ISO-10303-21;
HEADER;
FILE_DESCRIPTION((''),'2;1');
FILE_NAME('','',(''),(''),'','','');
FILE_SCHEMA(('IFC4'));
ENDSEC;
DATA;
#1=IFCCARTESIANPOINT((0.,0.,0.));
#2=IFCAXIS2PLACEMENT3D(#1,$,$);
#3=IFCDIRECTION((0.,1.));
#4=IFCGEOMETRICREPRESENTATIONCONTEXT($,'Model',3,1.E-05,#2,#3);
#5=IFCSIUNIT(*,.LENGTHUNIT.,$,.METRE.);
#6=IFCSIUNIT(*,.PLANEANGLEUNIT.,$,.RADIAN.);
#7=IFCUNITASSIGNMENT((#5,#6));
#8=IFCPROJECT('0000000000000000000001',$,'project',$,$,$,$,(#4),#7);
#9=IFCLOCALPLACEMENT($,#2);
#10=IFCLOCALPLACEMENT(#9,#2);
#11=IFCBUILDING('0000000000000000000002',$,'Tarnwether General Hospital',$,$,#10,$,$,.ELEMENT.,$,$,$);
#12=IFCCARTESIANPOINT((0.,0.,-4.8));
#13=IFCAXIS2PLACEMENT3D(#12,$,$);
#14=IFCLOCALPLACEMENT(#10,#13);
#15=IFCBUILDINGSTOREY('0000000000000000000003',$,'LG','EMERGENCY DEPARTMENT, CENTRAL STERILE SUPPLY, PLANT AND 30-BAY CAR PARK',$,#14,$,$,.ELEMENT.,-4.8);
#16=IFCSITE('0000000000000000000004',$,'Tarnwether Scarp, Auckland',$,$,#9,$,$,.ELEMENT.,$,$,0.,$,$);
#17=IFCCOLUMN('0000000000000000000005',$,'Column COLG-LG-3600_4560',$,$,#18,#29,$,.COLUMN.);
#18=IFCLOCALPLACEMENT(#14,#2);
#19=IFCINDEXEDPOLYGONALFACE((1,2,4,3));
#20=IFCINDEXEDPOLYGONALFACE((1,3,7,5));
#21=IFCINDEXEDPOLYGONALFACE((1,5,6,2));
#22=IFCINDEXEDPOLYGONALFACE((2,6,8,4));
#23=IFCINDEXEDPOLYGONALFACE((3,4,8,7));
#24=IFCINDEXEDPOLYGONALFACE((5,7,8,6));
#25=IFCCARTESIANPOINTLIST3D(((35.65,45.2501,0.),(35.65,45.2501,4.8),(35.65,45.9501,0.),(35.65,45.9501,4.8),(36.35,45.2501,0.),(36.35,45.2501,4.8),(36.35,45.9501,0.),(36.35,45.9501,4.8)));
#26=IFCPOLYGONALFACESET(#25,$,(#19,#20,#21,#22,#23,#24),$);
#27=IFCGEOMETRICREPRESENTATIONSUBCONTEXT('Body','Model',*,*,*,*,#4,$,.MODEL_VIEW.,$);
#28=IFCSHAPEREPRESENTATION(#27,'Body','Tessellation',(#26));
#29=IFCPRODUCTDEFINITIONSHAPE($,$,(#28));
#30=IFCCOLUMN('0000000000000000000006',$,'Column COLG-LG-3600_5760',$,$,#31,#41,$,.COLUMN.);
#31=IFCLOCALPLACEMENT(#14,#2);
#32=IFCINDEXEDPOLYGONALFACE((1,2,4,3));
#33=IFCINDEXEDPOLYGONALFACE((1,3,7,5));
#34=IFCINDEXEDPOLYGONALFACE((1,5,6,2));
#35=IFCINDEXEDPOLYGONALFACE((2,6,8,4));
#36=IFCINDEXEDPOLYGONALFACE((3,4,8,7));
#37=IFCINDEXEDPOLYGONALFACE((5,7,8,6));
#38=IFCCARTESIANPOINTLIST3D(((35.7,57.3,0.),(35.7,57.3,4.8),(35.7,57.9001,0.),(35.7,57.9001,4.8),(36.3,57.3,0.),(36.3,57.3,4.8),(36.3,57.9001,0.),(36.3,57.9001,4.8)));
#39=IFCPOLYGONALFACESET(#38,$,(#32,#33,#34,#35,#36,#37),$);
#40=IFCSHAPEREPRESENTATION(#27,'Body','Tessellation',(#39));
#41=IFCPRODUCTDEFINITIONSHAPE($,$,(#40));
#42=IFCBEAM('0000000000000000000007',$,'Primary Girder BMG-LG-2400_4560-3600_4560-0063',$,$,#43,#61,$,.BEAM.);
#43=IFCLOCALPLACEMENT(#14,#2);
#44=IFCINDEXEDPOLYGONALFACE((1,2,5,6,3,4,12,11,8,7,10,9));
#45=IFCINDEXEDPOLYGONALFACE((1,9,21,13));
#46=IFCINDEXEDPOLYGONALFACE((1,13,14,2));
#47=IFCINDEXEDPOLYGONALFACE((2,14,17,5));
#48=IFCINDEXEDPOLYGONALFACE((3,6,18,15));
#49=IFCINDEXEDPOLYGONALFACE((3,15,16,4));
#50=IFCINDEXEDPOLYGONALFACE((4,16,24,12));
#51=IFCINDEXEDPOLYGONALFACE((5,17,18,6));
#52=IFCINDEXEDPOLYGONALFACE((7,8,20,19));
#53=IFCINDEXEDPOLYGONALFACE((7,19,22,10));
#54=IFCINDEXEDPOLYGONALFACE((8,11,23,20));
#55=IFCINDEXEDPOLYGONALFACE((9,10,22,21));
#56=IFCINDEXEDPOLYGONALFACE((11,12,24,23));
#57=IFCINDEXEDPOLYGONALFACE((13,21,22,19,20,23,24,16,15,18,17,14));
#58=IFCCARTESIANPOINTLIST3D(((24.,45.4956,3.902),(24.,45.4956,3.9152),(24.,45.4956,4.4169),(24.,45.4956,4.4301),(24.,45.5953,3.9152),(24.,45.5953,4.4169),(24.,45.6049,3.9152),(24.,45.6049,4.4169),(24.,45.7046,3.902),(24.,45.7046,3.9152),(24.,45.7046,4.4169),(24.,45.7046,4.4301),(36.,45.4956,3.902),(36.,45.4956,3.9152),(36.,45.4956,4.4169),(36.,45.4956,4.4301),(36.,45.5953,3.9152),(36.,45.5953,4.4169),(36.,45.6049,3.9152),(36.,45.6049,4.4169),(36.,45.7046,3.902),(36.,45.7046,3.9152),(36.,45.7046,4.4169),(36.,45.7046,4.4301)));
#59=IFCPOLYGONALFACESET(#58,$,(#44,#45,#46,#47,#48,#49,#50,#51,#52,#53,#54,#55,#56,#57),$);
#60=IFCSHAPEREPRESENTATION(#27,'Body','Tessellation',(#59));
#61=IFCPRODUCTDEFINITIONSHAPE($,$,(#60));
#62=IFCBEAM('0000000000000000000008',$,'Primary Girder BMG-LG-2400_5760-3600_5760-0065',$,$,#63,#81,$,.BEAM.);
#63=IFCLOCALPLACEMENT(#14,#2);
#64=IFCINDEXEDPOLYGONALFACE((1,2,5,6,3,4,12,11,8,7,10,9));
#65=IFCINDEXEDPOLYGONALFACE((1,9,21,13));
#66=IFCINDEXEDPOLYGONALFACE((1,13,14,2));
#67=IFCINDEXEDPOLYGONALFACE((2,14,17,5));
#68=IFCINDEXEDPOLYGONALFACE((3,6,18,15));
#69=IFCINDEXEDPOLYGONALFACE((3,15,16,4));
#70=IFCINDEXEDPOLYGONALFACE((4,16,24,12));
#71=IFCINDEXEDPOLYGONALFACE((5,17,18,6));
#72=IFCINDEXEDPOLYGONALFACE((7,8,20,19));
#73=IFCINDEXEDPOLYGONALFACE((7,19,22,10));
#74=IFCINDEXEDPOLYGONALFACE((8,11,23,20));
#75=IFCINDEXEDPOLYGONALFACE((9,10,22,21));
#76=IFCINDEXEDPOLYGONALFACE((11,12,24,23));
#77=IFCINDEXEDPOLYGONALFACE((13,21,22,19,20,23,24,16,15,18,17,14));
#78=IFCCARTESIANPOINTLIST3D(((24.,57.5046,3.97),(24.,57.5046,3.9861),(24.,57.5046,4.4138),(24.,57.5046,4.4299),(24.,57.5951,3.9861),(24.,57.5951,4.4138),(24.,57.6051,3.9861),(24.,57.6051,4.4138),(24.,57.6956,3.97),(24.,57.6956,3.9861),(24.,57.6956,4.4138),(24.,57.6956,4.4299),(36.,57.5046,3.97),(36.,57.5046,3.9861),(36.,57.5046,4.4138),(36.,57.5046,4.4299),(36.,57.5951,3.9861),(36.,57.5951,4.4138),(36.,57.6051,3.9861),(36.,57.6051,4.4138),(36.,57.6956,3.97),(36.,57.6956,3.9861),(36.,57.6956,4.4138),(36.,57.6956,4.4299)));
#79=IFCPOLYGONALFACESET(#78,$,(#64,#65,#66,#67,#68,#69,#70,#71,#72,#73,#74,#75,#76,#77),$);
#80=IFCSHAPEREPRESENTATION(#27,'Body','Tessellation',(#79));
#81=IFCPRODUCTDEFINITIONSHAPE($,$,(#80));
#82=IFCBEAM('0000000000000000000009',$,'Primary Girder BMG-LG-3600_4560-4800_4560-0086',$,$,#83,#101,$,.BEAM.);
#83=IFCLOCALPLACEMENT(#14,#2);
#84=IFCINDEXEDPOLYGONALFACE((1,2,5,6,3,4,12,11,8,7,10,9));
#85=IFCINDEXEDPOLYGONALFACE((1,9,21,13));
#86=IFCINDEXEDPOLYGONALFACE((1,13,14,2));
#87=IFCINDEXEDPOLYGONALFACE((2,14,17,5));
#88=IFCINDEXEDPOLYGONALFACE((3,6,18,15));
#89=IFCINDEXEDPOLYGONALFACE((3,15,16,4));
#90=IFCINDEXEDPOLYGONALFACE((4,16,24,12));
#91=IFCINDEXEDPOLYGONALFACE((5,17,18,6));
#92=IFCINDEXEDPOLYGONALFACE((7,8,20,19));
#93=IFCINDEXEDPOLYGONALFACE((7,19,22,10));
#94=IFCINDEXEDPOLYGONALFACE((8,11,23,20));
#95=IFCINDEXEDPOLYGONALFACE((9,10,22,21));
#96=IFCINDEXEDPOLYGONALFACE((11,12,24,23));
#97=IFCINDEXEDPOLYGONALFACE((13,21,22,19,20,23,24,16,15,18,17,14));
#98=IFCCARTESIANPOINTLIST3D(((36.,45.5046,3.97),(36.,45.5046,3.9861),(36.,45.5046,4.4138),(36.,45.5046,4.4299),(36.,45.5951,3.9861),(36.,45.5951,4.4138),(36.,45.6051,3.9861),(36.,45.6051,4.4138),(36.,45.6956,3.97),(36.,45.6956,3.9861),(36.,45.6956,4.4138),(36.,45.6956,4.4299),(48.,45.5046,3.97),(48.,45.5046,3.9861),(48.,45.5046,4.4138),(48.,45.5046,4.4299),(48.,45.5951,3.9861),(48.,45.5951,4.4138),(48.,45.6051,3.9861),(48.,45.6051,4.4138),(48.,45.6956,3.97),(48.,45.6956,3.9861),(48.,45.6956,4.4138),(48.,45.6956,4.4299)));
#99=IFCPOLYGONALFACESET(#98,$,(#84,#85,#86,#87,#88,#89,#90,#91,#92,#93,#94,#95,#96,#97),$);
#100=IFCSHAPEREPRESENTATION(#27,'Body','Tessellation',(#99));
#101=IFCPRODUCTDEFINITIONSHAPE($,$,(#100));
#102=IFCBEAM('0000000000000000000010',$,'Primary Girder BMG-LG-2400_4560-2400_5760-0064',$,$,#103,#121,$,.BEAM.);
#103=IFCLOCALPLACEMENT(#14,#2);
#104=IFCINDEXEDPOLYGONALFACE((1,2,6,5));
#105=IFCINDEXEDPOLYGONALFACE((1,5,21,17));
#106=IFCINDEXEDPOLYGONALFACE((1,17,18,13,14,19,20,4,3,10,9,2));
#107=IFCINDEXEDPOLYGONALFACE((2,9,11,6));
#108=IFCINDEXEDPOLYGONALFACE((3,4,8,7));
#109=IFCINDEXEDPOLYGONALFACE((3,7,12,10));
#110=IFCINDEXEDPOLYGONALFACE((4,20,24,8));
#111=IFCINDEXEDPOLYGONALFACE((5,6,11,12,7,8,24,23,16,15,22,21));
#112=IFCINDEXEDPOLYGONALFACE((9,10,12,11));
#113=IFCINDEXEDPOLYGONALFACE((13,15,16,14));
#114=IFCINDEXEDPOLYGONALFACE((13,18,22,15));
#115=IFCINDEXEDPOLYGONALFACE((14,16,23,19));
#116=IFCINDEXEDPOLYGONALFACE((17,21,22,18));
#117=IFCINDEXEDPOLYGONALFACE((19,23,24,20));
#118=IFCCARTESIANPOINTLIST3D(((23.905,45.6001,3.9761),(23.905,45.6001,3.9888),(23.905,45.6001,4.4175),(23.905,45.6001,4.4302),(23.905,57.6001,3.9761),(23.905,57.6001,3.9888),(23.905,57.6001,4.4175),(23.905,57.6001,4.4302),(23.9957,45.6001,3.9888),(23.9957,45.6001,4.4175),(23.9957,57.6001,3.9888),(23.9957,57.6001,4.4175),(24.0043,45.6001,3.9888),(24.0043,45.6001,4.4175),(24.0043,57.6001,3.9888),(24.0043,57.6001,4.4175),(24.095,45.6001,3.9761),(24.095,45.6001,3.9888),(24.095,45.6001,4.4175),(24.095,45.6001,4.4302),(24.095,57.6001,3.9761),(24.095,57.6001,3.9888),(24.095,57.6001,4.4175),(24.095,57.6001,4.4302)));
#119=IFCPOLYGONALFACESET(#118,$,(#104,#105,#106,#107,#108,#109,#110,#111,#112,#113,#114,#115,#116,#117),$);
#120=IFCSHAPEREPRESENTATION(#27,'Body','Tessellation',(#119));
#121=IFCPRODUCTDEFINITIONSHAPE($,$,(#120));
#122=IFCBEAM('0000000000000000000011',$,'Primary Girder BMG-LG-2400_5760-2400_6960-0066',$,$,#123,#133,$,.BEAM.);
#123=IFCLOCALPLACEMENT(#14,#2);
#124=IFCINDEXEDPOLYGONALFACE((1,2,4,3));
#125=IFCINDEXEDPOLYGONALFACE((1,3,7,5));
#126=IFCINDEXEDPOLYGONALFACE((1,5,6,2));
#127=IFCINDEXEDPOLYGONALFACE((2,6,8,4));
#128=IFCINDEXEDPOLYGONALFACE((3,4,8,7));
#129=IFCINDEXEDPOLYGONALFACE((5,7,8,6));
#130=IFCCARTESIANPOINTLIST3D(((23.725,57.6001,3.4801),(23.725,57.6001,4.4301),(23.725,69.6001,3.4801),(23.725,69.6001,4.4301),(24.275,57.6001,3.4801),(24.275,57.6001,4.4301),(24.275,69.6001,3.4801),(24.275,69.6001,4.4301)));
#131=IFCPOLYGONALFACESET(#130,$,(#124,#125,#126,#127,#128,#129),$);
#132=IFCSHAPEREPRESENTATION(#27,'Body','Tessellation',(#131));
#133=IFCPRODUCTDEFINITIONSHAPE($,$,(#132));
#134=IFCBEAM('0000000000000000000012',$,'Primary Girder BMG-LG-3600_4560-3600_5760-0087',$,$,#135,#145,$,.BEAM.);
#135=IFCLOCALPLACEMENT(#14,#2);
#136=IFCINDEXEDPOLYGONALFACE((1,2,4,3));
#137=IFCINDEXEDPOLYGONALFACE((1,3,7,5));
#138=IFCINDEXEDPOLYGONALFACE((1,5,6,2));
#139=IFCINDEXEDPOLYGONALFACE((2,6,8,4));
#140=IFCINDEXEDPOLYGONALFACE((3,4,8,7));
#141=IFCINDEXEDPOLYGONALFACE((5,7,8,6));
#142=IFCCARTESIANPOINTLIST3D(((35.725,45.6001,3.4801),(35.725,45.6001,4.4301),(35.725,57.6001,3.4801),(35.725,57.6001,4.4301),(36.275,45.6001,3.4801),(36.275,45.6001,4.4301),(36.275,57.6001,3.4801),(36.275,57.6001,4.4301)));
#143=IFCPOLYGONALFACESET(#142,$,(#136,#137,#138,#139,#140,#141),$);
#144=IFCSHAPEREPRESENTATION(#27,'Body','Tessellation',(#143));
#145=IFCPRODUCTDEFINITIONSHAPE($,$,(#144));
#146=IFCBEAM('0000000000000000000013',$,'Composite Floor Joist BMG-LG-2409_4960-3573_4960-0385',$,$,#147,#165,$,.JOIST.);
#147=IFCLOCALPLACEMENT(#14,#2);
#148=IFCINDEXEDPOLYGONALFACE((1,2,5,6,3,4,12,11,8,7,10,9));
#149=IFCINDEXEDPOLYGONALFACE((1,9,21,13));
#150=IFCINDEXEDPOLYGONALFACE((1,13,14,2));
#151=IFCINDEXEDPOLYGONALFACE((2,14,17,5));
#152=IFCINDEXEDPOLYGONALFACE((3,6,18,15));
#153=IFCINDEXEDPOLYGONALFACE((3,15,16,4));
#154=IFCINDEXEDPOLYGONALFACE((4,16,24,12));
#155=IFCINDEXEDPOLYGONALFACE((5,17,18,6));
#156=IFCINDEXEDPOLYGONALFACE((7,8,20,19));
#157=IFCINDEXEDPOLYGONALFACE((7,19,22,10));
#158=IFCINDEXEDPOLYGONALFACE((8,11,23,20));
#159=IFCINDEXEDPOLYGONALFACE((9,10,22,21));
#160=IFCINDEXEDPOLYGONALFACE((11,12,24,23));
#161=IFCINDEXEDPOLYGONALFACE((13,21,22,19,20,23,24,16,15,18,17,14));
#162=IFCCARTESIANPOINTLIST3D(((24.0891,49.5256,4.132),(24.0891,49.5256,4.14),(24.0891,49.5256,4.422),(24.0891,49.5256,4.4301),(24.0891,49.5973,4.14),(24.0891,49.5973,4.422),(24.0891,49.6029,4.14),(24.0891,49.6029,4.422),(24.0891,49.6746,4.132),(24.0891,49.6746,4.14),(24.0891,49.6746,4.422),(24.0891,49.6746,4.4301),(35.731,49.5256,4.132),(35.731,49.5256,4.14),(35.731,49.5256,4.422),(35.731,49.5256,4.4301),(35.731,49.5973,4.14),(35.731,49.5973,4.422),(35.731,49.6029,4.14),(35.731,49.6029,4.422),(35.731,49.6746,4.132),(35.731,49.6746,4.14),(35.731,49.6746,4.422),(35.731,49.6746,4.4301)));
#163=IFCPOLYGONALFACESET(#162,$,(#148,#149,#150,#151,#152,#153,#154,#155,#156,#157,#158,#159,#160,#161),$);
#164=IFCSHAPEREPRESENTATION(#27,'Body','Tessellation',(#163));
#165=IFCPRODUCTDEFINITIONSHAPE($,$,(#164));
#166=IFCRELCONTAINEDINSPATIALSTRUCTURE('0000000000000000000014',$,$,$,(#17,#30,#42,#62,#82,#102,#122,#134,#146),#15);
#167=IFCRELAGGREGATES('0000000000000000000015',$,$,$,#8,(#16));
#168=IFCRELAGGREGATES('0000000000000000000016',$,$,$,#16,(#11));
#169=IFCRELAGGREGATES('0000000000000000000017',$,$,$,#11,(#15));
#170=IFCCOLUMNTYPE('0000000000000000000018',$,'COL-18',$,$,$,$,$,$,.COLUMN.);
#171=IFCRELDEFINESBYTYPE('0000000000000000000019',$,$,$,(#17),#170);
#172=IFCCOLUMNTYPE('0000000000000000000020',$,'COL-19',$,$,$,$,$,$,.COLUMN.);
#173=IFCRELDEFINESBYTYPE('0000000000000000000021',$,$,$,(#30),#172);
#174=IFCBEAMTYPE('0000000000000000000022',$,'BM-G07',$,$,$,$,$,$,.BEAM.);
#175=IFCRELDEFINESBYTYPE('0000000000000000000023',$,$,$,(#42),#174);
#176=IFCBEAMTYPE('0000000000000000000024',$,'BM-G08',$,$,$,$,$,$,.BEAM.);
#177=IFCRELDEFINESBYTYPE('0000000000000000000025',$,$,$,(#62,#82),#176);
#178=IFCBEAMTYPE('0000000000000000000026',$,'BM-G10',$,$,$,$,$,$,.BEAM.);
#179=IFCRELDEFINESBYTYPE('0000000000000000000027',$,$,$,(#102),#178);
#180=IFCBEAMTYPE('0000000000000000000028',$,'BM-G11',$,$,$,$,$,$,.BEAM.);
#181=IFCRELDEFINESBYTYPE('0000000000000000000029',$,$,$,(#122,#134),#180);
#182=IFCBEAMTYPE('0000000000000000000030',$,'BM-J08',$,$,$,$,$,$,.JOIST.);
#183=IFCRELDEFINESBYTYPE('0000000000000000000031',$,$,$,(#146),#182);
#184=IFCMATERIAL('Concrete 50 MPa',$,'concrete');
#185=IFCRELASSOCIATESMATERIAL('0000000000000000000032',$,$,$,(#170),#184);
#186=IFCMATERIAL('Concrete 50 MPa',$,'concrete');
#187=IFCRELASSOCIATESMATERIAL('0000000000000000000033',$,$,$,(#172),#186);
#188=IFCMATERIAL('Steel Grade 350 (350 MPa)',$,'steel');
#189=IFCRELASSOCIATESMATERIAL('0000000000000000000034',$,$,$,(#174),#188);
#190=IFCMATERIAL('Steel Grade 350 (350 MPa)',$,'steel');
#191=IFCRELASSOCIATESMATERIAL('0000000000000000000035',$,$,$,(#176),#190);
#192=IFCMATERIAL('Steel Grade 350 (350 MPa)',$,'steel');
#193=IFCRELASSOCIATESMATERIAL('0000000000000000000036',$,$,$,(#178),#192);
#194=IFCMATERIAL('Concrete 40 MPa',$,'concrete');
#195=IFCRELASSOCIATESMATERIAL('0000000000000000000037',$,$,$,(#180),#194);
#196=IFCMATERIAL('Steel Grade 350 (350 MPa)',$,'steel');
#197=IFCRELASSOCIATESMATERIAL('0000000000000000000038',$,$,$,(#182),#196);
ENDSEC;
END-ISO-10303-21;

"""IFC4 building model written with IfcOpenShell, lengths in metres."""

from ifc_helpers import new_model, si_unit, direction, frame, origin, origin_2d, place, context, subcontext, project, spatial, rectangle, i_section, extrude, material, material_profile, profile_set, type_object, element, save


model = new_model("IFC4")

# Units and contexts
model_context = context("Model", 3, precision=1e-05, world=origin(), true_north=direction((0.0, 1.0)))
body_context = subcontext(model_context, "Body", "Model", "MODEL_VIEW")
ifc_project = project(units=[si_unit("LENGTHUNIT", "METRE"), si_unit("PLANEANGLEUNIT", "RADIAN")], contexts=[model_context])

# Site, building, storey
site_placement = place(None, origin())
site = spatial("IfcSite", under=ifc_project, at=site_placement, Name="Tarnwether Scarp, Auckland", CompositionType="ELEMENT", RefElevation=0.0)
building_placement = place(site_placement, origin())
building = spatial("IfcBuilding", under=site, at=building_placement, Name="Tarnwether General Hospital", CompositionType="ELEMENT")
storey_placement = place(building_placement, frame((0.0, 0.0, -4.8)))
storey = spatial("IfcBuildingStorey", under=building, at=storey_placement, Name="LG", Description="EMERGENCY DEPARTMENT, CENTRAL STERILE SUPPLY, PLANT AND 30-BAY CAR PARK", CompositionType="ELEMENT", Elevation=-4.8)

# Columns
ifc_material_1 = material(Name="Concrete 50 MPa", Category="concrete")
ifc_material_profile_1 = material_profile(ifc_material_1, rectangle(XDim=0.7, YDim=0.7, at=origin_2d()), Name="RC-COL-700x700")
ifc_profile_set_1 = profile_set([ifc_material_profile_1], Name="Concrete 50 MPa")
column_type_1 = type_object("IfcColumnType", Name="COL-18", PredefinedType="COLUMN", material=ifc_profile_set_1)
column_1_placement = place(storey_placement, frame((36.0, 45.6001, 0.0), z_axis=(0.0, 0.0, 1.0), x_axis=(0.0, 1.0, 0.0)))
element("IfcColumn", 1, at=column_1_placement, inside=storey, type_object=column_type_1, Name="Column COLG-LG-3600_4560", PredefinedType="COLUMN", context=body_context, shape_type="SweptSolid", body=[
    extrude(rectangle(XDim=0.7, YDim=0.7, at=origin_2d()), origin(), (0.0, 0.0, 1.0), 4.8),
])
ifc_material_2 = material(Name="Concrete 50 MPa", Category="concrete")
ifc_material_profile_2 = material_profile(ifc_material_2, rectangle(XDim=0.6001, YDim=0.6001, at=origin_2d()), Name="RC-COL-600x600")
ifc_profile_set_2 = profile_set([ifc_material_profile_2], Name="Concrete 50 MPa")
column_type_2 = type_object("IfcColumnType", Name="COL-19", PredefinedType="COLUMN", material=ifc_profile_set_2)
column_2_placement = place(storey_placement, frame((36.0, 57.6001, 0.0), z_axis=(0.0, 0.0, 1.0), x_axis=(0.0, 1.0, 0.0)))
element("IfcColumn", 2, at=column_2_placement, inside=storey, type_object=column_type_2, Name="Column COLG-LG-3600_5760", PredefinedType="COLUMN", context=body_context, shape_type="SweptSolid", body=[
    extrude(rectangle(XDim=0.6001, YDim=0.6001, at=origin_2d()), origin(), (0.0, 0.0, 1.0), 4.8),
])

# Beams
ifc_material_3 = material(Name="Steel Grade 350 (350 MPa)", Category="steel")
ifc_material_profile_3 = material_profile(ifc_material_3, i_section(OverallWidth=0.209, OverallDepth=0.5281, WebThickness=0.0095, FlangeThickness=0.0132, at=origin_2d()), Name="530UB82.0")
ifc_profile_set_3 = profile_set([ifc_material_profile_3], Name="Steel Grade 350 (350 MPa)")
beam_type_1 = type_object("IfcBeamType", Name="BM-G07", PredefinedType="BEAM", material=ifc_profile_set_3)
beam_1_placement = place(storey_placement, frame((24.0, 45.6001, 4.166), z_axis=(1.0, 0.0, 0.0), x_axis=(0.0, 1.0, 0.0)))
element("IfcBeam", 3, at=beam_1_placement, inside=storey, type_object=beam_type_1, Name="Primary Girder BMG-LG-2400_4560-3600_4560-0063", PredefinedType="BEAM", context=body_context, shape_type="SweptSolid", body=[
    extrude(i_section(OverallWidth=0.209, OverallDepth=0.5281, WebThickness=0.0095, FlangeThickness=0.0132, at=origin_2d()), origin(), (0.0, 0.0, 1.0), 12.0),
])
ifc_material_4 = material(Name="Steel Grade 350 (350 MPa)", Category="steel")
ifc_material_profile_4 = material_profile(ifc_material_4, i_section(OverallWidth=0.1909, OverallDepth=0.46, WebThickness=0.01, FlangeThickness=0.0161, at=origin_2d()), Name="460UB82.1")
ifc_profile_set_4 = profile_set([ifc_material_profile_4], Name="Steel Grade 350 (350 MPa)")
beam_type_2 = type_object("IfcBeamType", Name="BM-G08", PredefinedType="BEAM", material=ifc_profile_set_4)
for number, where, z_axis, x_axis, name in (
    (4, (24.0, 57.6001, 4.2), (1.0, 0.0, 0.0), (0.0, 1.0, 0.0), "Primary Girder BMG-LG-2400_5760-3600_5760-0065"),
    (5, (36.0, 45.6001, 4.2), (1.0, 0.0, 0.0), (0.0, 1.0, 0.0), "Primary Girder BMG-LG-3600_4560-4800_4560-0086"),
):
    element("IfcBeam", number, at=place(storey_placement, frame(where, z_axis=z_axis, x_axis=x_axis)), inside=storey, type_object=beam_type_2, Name=name, PredefinedType="BEAM", context=body_context, shape_type="SweptSolid", body=[
        extrude(i_section(OverallWidth=0.1909, OverallDepth=0.46, WebThickness=0.01, FlangeThickness=0.0161, at=origin_2d()), origin(), (0.0, 0.0, 1.0), 12.0),
    ])
ifc_material_5 = material(Name="Steel Grade 350 (350 MPa)", Category="steel")
ifc_material_profile_5 = material_profile(ifc_material_5, i_section(OverallWidth=0.1899, OverallDepth=0.4541, WebThickness=0.0085, FlangeThickness=0.0127, at=origin_2d()), Name="460UB67.1")
ifc_profile_set_5 = profile_set([ifc_material_profile_5], Name="Steel Grade 350 (350 MPa)")
beam_type_3 = type_object("IfcBeamType", Name="BM-G10", PredefinedType="BEAM", material=ifc_profile_set_5)
beam_2_placement = place(storey_placement, frame((24.0, 45.6001, 4.2031), z_axis=(0.0, 1.0, 0.0), x_axis=(-1.0, 0.0, 0.0)))
element("IfcBeam", 6, at=beam_2_placement, inside=storey, type_object=beam_type_3, Name="Primary Girder BMG-LG-2400_4560-2400_5760-0064", PredefinedType="BEAM", context=body_context, shape_type="SweptSolid", body=[
    extrude(i_section(OverallWidth=0.1899, OverallDepth=0.4541, WebThickness=0.0085, FlangeThickness=0.0127, at=origin_2d()), origin(), (0.0, 0.0, 1.0), 12.0),
])
ifc_material_6 = material(Name="Concrete 40 MPa", Category="concrete")
ifc_material_profile_6 = material_profile(ifc_material_6, rectangle(XDim=0.55, YDim=0.95, at=origin_2d()), Name="RC-BM-550x950")
ifc_profile_set_6 = profile_set([ifc_material_profile_6], Name="Concrete 40 MPa")
beam_type_4 = type_object("IfcBeamType", Name="BM-G11", PredefinedType="BEAM", material=ifc_profile_set_6)
for number, where, z_axis, x_axis, name in (
    (7, (24.0, 57.6001, 3.9551), (0.0, 1.0, 0.0), (-1.0, 0.0, 0.0), "Primary Girder BMG-LG-2400_5760-2400_6960-0066"),
    (8, (36.0, 45.6001, 3.9551), (0.0, 1.0, 0.0), (-1.0, 0.0, 0.0), "Primary Girder BMG-LG-3600_4560-3600_5760-0087"),
):
    element("IfcBeam", number, at=place(storey_placement, frame(where, z_axis=z_axis, x_axis=x_axis)), inside=storey, type_object=beam_type_4, Name=name, PredefinedType="BEAM", context=body_context, shape_type="SweptSolid", body=[
        extrude(rectangle(XDim=0.55, YDim=0.95, at=origin_2d()), origin(), (0.0, 0.0, 1.0), 12.0),
    ])
ifc_material_7 = material(Name="Steel Grade 350 (350 MPa)", Category="steel")
ifc_material_profile_7 = material_profile(ifc_material_7, i_section(OverallWidth=0.1489, OverallDepth=0.2981, WebThickness=0.0056, FlangeThickness=0.0081, at=origin_2d()), Name="310UB32.0")
ifc_profile_set_7 = profile_set([ifc_material_profile_7], Name="Steel Grade 350 (350 MPa)")
beam_type_5 = type_object("IfcBeamType", Name="BM-J08", PredefinedType="JOIST", material=ifc_profile_set_7)
beam_3_placement = place(storey_placement, frame((24.0891, 49.6001, 4.281), z_axis=(1.0, 0.0, 0.0), x_axis=(0.0, 1.0, 0.0)))
element("IfcBeam", 9, at=beam_3_placement, inside=storey, type_object=beam_type_5, Name="Composite Floor Joist BMG-LG-2409_4960-3573_4960-0385", PredefinedType="JOIST", context=body_context, shape_type="SweptSolid", body=[
    extrude(i_section(OverallWidth=0.1489, OverallDepth=0.2981, WebThickness=0.0056, FlangeThickness=0.0081, at=origin_2d()), origin(), (0.0, 0.0, 1.0), 11.6418),
])

save(model, "model.ifc")
